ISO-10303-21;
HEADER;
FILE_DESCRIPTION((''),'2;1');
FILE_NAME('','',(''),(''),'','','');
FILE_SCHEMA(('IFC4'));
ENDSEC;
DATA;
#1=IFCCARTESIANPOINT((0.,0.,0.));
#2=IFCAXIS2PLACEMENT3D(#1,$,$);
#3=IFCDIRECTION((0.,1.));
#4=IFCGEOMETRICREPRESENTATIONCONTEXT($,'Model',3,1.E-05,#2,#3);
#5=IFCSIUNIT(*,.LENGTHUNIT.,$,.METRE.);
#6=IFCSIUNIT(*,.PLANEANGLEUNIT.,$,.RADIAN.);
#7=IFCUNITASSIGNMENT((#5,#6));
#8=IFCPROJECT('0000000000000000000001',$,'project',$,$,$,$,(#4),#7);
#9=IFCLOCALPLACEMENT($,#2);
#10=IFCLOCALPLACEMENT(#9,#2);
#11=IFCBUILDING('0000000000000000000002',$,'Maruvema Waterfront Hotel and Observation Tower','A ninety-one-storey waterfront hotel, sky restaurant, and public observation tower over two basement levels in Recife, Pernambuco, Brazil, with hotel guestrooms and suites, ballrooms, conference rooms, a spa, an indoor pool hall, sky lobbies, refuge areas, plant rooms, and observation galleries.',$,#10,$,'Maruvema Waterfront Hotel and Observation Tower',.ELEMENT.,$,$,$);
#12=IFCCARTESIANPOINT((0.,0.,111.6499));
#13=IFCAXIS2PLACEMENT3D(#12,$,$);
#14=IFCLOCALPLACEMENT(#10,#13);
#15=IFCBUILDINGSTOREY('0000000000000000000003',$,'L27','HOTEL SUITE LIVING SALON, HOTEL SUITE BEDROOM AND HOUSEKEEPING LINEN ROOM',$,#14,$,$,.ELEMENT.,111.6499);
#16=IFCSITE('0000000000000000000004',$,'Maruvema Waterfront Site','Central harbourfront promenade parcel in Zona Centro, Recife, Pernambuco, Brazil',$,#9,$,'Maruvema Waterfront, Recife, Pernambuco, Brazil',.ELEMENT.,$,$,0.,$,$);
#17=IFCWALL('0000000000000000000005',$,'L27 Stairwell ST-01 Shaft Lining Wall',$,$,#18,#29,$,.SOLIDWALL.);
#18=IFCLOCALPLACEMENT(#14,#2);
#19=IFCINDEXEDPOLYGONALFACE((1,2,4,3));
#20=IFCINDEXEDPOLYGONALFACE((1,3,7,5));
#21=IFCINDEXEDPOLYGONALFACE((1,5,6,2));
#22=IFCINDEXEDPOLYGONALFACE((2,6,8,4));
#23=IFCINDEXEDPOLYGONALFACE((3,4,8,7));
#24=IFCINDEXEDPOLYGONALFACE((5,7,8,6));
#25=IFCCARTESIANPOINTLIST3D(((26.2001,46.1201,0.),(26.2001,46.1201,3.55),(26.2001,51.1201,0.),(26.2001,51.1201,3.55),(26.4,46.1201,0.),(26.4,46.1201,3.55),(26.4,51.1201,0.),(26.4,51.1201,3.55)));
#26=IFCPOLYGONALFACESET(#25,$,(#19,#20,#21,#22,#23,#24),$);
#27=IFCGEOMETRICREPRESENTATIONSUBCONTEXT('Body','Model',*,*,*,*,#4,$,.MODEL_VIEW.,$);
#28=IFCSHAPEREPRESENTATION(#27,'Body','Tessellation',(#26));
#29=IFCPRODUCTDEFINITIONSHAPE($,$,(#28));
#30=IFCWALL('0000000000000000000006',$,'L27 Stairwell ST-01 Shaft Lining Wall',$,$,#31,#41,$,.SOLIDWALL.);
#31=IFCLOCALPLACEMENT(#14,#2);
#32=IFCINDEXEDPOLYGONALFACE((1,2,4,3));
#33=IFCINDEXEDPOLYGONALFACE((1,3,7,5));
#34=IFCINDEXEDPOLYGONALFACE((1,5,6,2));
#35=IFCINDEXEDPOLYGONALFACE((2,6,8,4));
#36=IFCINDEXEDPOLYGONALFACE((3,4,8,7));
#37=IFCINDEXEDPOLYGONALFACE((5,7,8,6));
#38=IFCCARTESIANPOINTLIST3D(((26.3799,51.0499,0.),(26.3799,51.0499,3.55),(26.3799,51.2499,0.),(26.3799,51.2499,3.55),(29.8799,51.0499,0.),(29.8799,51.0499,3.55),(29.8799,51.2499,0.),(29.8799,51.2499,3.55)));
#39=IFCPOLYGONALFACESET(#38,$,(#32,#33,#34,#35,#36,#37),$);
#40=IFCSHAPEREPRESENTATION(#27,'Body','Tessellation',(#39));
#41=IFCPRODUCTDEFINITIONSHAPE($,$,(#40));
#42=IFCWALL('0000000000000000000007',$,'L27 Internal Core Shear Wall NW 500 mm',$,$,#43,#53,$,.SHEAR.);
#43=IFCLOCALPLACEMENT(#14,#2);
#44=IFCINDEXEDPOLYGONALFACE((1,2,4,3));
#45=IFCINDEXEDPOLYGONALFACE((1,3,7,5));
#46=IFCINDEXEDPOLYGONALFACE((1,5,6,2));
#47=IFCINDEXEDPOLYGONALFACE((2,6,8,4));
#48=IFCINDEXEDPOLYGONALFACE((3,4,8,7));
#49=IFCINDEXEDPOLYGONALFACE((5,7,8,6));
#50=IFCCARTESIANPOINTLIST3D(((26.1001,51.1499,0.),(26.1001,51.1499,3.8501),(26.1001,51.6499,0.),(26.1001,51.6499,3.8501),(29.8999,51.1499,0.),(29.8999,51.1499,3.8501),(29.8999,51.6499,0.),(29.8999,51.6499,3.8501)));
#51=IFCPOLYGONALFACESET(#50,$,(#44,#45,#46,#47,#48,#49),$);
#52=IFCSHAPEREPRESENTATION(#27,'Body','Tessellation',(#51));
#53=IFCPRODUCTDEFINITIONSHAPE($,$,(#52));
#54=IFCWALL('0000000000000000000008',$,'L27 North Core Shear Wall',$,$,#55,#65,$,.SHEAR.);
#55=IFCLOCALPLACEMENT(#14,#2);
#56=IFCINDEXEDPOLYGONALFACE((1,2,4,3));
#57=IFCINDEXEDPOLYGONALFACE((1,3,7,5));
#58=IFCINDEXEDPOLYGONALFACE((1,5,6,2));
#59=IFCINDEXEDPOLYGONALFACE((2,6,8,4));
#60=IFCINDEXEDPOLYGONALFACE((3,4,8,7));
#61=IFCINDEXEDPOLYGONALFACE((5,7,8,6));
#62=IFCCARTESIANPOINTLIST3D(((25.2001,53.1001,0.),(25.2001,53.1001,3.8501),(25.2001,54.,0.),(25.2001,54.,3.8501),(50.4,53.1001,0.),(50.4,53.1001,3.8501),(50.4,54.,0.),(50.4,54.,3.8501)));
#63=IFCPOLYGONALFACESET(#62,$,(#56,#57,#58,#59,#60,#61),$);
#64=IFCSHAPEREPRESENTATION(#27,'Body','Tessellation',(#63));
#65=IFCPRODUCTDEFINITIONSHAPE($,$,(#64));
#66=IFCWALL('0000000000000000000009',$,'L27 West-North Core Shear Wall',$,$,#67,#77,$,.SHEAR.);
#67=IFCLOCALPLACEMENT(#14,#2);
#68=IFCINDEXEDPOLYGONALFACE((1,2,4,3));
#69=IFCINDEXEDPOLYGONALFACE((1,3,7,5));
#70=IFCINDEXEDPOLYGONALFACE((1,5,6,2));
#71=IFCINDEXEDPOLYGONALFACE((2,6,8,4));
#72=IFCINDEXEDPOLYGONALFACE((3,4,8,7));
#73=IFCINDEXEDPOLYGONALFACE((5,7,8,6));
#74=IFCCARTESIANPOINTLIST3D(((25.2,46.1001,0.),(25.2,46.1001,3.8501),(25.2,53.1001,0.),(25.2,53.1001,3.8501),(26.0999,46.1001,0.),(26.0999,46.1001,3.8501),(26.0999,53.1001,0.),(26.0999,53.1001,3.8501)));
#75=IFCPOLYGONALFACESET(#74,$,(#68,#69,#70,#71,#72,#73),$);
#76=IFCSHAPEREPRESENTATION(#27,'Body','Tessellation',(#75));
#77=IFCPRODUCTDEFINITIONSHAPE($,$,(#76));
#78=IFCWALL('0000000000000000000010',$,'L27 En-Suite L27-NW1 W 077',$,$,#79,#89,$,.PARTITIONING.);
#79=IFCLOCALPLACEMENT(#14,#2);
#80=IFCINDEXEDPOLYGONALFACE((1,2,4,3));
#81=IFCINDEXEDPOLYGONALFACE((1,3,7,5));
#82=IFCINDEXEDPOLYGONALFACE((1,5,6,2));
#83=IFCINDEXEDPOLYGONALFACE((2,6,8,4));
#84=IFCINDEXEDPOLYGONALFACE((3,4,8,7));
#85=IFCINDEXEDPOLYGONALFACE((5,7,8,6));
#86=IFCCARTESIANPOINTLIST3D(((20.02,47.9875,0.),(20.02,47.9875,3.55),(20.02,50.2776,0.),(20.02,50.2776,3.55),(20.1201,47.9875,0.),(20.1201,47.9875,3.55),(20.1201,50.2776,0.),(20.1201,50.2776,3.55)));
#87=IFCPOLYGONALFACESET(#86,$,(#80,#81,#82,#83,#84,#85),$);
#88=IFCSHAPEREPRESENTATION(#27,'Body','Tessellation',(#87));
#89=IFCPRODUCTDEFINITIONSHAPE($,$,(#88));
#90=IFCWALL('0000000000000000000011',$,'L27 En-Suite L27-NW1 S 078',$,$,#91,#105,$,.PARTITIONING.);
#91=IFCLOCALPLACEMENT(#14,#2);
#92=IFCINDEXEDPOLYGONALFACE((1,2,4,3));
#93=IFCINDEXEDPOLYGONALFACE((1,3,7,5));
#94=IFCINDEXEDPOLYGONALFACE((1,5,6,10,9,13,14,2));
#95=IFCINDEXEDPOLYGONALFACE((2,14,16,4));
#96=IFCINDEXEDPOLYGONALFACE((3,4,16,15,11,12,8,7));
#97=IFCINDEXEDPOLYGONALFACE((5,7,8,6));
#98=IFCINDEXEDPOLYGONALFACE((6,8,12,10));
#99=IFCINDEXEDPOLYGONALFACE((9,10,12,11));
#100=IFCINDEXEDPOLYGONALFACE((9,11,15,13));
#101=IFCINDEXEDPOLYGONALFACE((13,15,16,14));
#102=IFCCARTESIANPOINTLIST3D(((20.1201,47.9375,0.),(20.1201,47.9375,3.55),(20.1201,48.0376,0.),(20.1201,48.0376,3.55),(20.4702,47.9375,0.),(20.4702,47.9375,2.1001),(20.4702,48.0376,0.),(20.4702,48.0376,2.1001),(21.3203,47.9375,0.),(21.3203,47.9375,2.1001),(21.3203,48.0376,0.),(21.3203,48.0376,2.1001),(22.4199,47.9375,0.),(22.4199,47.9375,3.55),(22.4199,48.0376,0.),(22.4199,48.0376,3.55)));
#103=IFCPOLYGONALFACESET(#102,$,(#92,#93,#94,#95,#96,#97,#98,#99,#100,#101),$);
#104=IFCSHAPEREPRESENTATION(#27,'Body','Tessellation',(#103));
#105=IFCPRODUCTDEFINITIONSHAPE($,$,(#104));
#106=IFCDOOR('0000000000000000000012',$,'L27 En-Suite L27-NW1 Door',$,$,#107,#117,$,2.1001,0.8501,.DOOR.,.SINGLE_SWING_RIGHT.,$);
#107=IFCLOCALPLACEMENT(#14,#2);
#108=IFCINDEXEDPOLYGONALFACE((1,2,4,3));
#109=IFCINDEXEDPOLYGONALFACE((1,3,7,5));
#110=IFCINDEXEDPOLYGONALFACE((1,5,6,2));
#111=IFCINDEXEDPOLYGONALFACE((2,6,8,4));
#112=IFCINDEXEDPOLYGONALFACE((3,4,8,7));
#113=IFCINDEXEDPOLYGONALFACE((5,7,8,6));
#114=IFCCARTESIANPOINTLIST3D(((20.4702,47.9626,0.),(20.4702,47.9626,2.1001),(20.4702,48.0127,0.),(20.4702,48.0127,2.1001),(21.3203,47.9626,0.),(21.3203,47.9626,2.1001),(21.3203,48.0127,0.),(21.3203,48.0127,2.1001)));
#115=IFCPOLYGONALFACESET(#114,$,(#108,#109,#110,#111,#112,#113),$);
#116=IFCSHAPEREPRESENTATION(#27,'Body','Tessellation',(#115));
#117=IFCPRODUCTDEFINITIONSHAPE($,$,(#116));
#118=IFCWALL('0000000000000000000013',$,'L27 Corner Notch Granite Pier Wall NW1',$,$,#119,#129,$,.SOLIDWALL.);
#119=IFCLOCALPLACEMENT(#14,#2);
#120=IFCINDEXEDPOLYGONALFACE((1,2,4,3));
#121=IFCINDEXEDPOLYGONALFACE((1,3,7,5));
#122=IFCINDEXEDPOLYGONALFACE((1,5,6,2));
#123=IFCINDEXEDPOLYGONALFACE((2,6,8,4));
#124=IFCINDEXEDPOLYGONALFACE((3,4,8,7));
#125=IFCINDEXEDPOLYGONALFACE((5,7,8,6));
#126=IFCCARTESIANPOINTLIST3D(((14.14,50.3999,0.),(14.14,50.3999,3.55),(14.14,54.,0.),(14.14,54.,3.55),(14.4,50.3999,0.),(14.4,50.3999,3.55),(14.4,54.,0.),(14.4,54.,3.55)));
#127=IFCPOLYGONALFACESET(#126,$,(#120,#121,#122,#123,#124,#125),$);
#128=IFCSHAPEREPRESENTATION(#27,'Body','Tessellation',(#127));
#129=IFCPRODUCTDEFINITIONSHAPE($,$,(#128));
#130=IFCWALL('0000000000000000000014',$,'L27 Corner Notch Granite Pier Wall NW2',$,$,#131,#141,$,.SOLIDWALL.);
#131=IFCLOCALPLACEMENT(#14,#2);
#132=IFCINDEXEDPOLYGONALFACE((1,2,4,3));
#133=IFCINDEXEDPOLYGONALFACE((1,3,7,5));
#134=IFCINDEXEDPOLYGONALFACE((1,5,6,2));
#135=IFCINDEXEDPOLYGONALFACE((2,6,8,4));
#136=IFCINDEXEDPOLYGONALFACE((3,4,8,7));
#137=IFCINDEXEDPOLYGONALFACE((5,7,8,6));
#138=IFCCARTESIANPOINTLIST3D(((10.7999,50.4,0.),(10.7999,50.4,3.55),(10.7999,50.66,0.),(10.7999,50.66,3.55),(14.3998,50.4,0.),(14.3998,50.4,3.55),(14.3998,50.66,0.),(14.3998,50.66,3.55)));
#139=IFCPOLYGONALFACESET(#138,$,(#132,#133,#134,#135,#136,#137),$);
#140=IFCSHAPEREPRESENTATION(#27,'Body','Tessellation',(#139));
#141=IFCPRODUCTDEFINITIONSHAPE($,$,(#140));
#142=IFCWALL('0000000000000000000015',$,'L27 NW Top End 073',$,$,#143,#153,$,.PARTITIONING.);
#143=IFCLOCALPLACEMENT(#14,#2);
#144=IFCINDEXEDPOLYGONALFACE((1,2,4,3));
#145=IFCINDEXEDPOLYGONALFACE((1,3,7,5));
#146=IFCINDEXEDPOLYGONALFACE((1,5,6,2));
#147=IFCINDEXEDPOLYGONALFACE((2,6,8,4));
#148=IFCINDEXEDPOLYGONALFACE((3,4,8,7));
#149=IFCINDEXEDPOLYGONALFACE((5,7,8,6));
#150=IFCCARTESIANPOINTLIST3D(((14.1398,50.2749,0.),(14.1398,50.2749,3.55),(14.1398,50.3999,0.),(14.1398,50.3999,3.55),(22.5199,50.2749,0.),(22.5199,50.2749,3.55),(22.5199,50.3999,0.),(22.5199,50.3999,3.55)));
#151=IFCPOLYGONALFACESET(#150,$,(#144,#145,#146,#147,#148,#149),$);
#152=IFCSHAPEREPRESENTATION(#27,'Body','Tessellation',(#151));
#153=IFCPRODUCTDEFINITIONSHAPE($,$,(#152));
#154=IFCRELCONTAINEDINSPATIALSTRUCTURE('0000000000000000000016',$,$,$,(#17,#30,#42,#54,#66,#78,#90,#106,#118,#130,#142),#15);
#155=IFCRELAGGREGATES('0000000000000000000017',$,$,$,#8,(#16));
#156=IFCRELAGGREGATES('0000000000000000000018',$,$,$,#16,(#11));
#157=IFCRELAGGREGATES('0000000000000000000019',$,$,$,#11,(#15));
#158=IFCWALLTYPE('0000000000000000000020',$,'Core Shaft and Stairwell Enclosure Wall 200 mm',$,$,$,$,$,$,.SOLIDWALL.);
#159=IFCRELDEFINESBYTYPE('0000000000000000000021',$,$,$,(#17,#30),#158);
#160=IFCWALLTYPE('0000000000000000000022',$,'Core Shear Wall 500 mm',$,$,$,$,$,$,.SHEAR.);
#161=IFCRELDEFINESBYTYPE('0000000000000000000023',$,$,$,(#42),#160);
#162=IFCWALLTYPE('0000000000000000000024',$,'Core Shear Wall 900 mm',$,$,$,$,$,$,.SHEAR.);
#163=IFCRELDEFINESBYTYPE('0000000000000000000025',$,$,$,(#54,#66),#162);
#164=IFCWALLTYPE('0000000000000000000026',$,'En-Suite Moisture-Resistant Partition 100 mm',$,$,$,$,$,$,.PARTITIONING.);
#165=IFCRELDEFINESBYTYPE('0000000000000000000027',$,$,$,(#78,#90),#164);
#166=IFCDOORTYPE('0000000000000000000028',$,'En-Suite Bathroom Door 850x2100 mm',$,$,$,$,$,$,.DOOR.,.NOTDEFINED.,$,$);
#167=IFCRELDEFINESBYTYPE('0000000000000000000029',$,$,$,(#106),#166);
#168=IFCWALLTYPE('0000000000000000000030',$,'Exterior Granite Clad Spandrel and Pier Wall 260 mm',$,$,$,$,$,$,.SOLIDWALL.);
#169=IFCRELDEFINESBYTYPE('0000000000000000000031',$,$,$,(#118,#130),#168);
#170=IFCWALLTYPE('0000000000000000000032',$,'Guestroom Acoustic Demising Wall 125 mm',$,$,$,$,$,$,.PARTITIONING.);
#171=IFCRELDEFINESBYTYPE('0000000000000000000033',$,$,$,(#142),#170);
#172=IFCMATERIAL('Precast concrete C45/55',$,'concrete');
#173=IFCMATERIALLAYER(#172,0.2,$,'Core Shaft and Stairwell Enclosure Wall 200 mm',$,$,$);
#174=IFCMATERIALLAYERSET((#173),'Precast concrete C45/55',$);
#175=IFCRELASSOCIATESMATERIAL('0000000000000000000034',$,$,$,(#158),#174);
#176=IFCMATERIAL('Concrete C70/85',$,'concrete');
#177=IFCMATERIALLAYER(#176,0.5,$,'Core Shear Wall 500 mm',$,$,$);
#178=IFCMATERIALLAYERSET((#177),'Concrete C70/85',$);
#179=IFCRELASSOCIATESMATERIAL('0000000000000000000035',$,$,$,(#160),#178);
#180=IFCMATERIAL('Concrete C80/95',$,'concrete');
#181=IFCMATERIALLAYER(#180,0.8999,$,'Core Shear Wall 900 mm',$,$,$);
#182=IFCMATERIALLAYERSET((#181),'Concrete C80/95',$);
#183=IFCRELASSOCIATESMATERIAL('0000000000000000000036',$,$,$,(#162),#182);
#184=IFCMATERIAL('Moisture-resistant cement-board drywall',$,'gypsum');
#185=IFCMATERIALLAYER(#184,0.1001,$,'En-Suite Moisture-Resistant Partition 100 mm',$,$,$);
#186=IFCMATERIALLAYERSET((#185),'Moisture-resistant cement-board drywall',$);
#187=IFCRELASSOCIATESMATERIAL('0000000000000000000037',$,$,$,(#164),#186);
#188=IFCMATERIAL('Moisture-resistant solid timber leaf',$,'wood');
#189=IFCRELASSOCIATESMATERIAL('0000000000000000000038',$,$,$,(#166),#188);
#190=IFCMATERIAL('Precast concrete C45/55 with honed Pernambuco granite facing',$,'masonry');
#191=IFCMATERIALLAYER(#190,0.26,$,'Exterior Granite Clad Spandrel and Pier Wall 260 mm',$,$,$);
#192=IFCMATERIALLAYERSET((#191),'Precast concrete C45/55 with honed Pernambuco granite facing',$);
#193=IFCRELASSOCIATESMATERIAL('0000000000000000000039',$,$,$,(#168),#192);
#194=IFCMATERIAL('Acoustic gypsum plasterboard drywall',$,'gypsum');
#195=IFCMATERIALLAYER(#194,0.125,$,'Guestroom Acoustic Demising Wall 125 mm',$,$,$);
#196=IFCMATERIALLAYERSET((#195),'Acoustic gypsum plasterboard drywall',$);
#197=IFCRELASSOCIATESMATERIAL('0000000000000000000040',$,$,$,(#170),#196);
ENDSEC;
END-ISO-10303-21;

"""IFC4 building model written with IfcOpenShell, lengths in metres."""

from ifc_helpers import new_model, si_unit, direction, frame, frame_2d, origin, place, context, subcontext, project, spatial, rectangle, extrude, material, layer, layer_set, type_object, element, fill, save


model = new_model("IFC4")

# Units and contexts
model_context = context("Model", 3, precision=1e-05, world=origin(), true_north=direction((0.0, 1.0)))
body_context = subcontext(model_context, "Body", "Model", "MODEL_VIEW")
ifc_project = project(units=[si_unit("LENGTHUNIT", "METRE"), si_unit("PLANEANGLEUNIT", "RADIAN")], contexts=[model_context])

# Site, building, storey
site_placement = place(None, origin())
site = spatial("IfcSite", under=ifc_project, at=site_placement, Name="Maruvema Waterfront Site", Description="Central harbourfront promenade parcel in Zona Centro, Recife, Pernambuco, Brazil", LongName="Maruvema Waterfront, Recife, Pernambuco, Brazil", CompositionType="ELEMENT", RefElevation=0.0)
building_placement = place(site_placement, origin())
building = spatial("IfcBuilding", under=site, at=building_placement, Name="Maruvema Waterfront Hotel and Observation Tower", Description="A ninety-one-storey waterfront hotel, sky restaurant, and public observation tower over two basement levels in Recife, Pernambuco, Brazil, with hotel guestrooms and suites, ballrooms, conference rooms, a spa, an indoor pool hall, sky lobbies, refuge areas, plant rooms, and observation galleries.", LongName="Maruvema Waterfront Hotel and Observation Tower", CompositionType="ELEMENT")
storey_placement = place(building_placement, frame((0.0, 0.0, 111.6499)))
storey = spatial("IfcBuildingStorey", under=building, at=storey_placement, Name="L27", Description="HOTEL SUITE LIVING SALON, HOTEL SUITE BEDROOM AND HOUSEKEEPING LINEN ROOM", CompositionType="ELEMENT", Elevation=111.6499)

# Walls
ifc_material_1 = material(Name="Precast concrete C45/55", Category="concrete")
ifc_layer_1 = layer(ifc_material_1, 0.2, Name="Core Shaft and Stairwell Enclosure Wall 200 mm")
ifc_layer_set_1 = layer_set([ifc_layer_1], Name="Precast concrete C45/55")
wall_type_1 = type_object("IfcWallType", Name="Core Shaft and Stairwell Enclosure Wall 200 mm", PredefinedType="SOLIDWALL", material=ifc_layer_set_1)
wall_1_placement = place(storey_placement, frame((26.3, 46.1201, 0.0), z_axis=(0.0, 0.0, 1.0), x_axis=(0.0, 1.0, 0.0)))
element("IfcWall", 1, at=wall_1_placement, inside=storey, type_object=wall_type_1, Name="L27 Stairwell ST-01 Shaft Lining Wall", PredefinedType="SOLIDWALL", context=body_context, shape_type="SweptSolid", body=[
    extrude(rectangle(XDim=5.0, YDim=0.2, at=frame_2d((2.5, 0.0))), origin(), (0.0, 0.0, 1.0), 3.55),
])
wall_2_placement = place(storey_placement, frame((26.3799, 51.1499, 0.0), z_axis=(0.0, 0.0, 1.0), x_axis=(1.0, 0.0, 0.0)))
element("IfcWall", 2, at=wall_2_placement, inside=storey, type_object=wall_type_1, Name="L27 Stairwell ST-01 Shaft Lining Wall", PredefinedType="SOLIDWALL", context=body_context, shape_type="SweptSolid", body=[
    extrude(rectangle(XDim=3.5, YDim=0.2, at=frame_2d((1.75, 0.0))), origin(), (0.0, 0.0, 1.0), 3.55),
])
ifc_material_2 = material(Name="Concrete C70/85", Category="concrete")
ifc_layer_2 = layer(ifc_material_2, 0.5, Name="Core Shear Wall 500 mm")
ifc_layer_set_2 = layer_set([ifc_layer_2], Name="Concrete C70/85")
wall_type_2 = type_object("IfcWallType", Name="Core Shear Wall 500 mm", PredefinedType="SHEAR", material=ifc_layer_set_2)
wall_3_placement = place(storey_placement, frame((26.1001, 51.3999, 0.0), z_axis=(0.0, 0.0, 1.0), x_axis=(1.0, 0.0, 0.0)))
element("IfcWall", 3, at=wall_3_placement, inside=storey, type_object=wall_type_2, Name="L27 Internal Core Shear Wall NW 500 mm", PredefinedType="SHEAR", context=body_context, shape_type="SweptSolid", body=[
    extrude(rectangle(XDim=3.7998, YDim=0.5, at=frame_2d((1.8999, 0.0))), origin(), (0.0, 0.0, 1.0), 3.8501),
])
ifc_material_3 = material(Name="Concrete C80/95", Category="concrete")
ifc_layer_3 = layer(ifc_material_3, 0.8999, Name="Core Shear Wall 900 mm")
ifc_layer_set_3 = layer_set([ifc_layer_3], Name="Concrete C80/95")
wall_type_3 = type_object("IfcWallType", Name="Core Shear Wall 900 mm", PredefinedType="SHEAR", material=ifc_layer_set_3)
wall_4_placement = place(storey_placement, frame((25.2, 53.55, 0.0), z_axis=(0.0, 0.0, 1.0), x_axis=(1.0, 0.0, 0.0)))
element("IfcWall", 4, at=wall_4_placement, inside=storey, type_object=wall_type_3, Name="L27 North Core Shear Wall", PredefinedType="SHEAR", context=body_context, shape_type="SweptSolid", body=[
    extrude(rectangle(XDim=25.2, YDim=0.8999, at=frame_2d((12.6001, 0.0))), origin(), (0.0, 0.0, 1.0), 3.8501),
])
wall_5_placement = place(storey_placement, frame((25.6499, 46.1001, 0.0), z_axis=(0.0, 0.0, 1.0), x_axis=(0.0, 1.0, 0.0)))
element("IfcWall", 5, at=wall_5_placement, inside=storey, type_object=wall_type_3, Name="L27 West-North Core Shear Wall", PredefinedType="SHEAR", context=body_context, shape_type="SweptSolid", body=[
    extrude(rectangle(XDim=7.0, YDim=0.8999, at=frame_2d((3.5, 0.0))), origin(), (0.0, 0.0, 1.0), 3.8501),
])
ifc_material_4 = material(Name="Moisture-resistant cement-board drywall", Category="gypsum")
ifc_layer_4 = layer(ifc_material_4, 0.1001, Name="En-Suite Moisture-Resistant Partition 100 mm")
ifc_layer_set_4 = layer_set([ifc_layer_4], Name="Moisture-resistant cement-board drywall")
wall_type_4 = type_object("IfcWallType", Name="En-Suite Moisture-Resistant Partition 100 mm", PredefinedType="PARTITIONING", material=ifc_layer_set_4)
wall_6_placement = place(storey_placement, frame((20.0701, 47.9875, 0.0), z_axis=(0.0, 0.0, 1.0), x_axis=(0.0, 1.0, 0.0)))
element("IfcWall", 6, at=wall_6_placement, inside=storey, type_object=wall_type_4, Name="L27 En-Suite L27-NW1 W 077", PredefinedType="PARTITIONING", context=body_context, shape_type="SweptSolid", body=[
    extrude(rectangle(XDim=2.29, YDim=0.1001, at=frame_2d((1.145, 0.0))), origin(), (0.0, 0.0, 1.0), 3.55),
])

# Wall, opening, door
wall_7_placement = place(storey_placement, frame((20.1201, 47.9875, 0.0), z_axis=(0.0, 0.0, 1.0), x_axis=(1.0, 0.0, 0.0)))
wall_7 = element("IfcWall", 7, at=wall_7_placement, inside=storey, type_object=wall_type_4, Name="L27 En-Suite L27-NW1 S 078", PredefinedType="PARTITIONING", context=body_context, shape_type="SweptSolid", body=[
    extrude(rectangle(XDim=2.2998, YDim=0.1001, at=frame_2d((1.1499, 0.0))), origin(), (0.0, 0.0, 1.0), 3.55),
])
opening_placement = place(wall_7_placement, frame((0.3501, 0.0, 0.0)))
opening = element("IfcOpeningElement", 8, at=opening_placement, cuts=wall_7, PredefinedType="OPENING", context=body_context, shape_type="SweptSolid", body=[
    extrude(rectangle(XDim=0.8501, YDim=2.1001, at=frame_2d((0.425, 1.05))), frame((0.0, 0.0601, 0.0), z_axis=(0.0, -1.0, 0.0), x_axis=(1.0, 0.0, 0.0)), (0.0, 0.0, 1.0), 0.1201),
])
ifc_material_5 = material(Name="Moisture-resistant solid timber leaf", Category="wood")
door_type = type_object("IfcDoorType", Name="En-Suite Bathroom Door 850x2100 mm", OperationType="NOTDEFINED", PredefinedType="DOOR", material=ifc_material_5)
door_placement = place(opening_placement, frame((0.8501, 0.0, 0.0), z_axis=(0.0, 0.0, 1.0), x_axis=(-1.0, 0.0, 0.0)))
door = element("IfcDoor", 9, at=door_placement, inside=storey, type_object=door_type, Name="L27 En-Suite L27-NW1 Door", OperationType="SINGLE_SWING_RIGHT", OverallHeight=2.1001, OverallWidth=0.8501, PredefinedType="DOOR", context=body_context, shape_type="SweptSolid", body=[
    extrude(rectangle(XDim=0.8501, YDim=2.1001, at=frame_2d((0.425, 1.05))), frame((0.0, 0.0249, 0.0), z_axis=(0.0, -1.0, 0.0), x_axis=(1.0, 0.0, 0.0)), (0.0, 0.0, 1.0), 0.05),
])
fill(opening, door)

# Walls
ifc_material_6 = material(Name="Precast concrete C45/55 with honed Pernambuco granite facing", Category="masonry")
ifc_layer_5 = layer(ifc_material_6, 0.26, Name="Exterior Granite Clad Spandrel and Pier Wall 260 mm")
ifc_layer_set_5 = layer_set([ifc_layer_5], Name="Precast concrete C45/55 with honed Pernambuco granite facing")
wall_type_5 = type_object("IfcWallType", Name="Exterior Granite Clad Spandrel and Pier Wall 260 mm", PredefinedType="SOLIDWALL", material=ifc_layer_set_5)
wall_8_placement = place(storey_placement, frame((14.27, 50.3999, 0.0), z_axis=(0.0, 0.0, 1.0), x_axis=(0.0, 1.0, 0.0)))
element("IfcWall", 10, at=wall_8_placement, inside=storey, type_object=wall_type_5, Name="L27 Corner Notch Granite Pier Wall NW1", PredefinedType="SOLIDWALL", context=body_context, shape_type="SweptSolid", body=[
    extrude(rectangle(XDim=3.6001, YDim=0.26, at=frame_2d((1.8, 0.0))), origin(), (0.0, 0.0, 1.0), 3.55),
])
wall_9_placement = place(storey_placement, frame((10.8, 50.53, 0.0), z_axis=(0.0, 0.0, 1.0), x_axis=(1.0, 0.0, 0.0)))
element("IfcWall", 11, at=wall_9_placement, inside=storey, type_object=wall_type_5, Name="L27 Corner Notch Granite Pier Wall NW2", PredefinedType="SOLIDWALL", context=body_context, shape_type="SweptSolid", body=[
    extrude(rectangle(XDim=3.5999, YDim=0.26, at=frame_2d((1.7998, 0.0))), origin(), (0.0, 0.0, 1.0), 3.55),
])
ifc_material_7 = material(Name="Acoustic gypsum plasterboard drywall", Category="gypsum")
ifc_layer_6 = layer(ifc_material_7, 0.125, Name="Guestroom Acoustic Demising Wall 125 mm")
ifc_layer_set_6 = layer_set([ifc_layer_6], Name="Acoustic gypsum plasterboard drywall")
wall_type_6 = type_object("IfcWallType", Name="Guestroom Acoustic Demising Wall 125 mm", PredefinedType="PARTITIONING", material=ifc_layer_set_6)
wall_10_placement = place(storey_placement, frame((14.1399, 50.3374, 0.0), z_axis=(0.0, 0.0, 1.0), x_axis=(1.0, 0.0, 0.0)))
element("IfcWall", 12, at=wall_10_placement, inside=storey, type_object=wall_type_6, Name="L27 NW Top End 073", PredefinedType="PARTITIONING", context=body_context, shape_type="SweptSolid", body=[
    extrude(rectangle(XDim=8.3801, YDim=0.125, at=frame_2d((4.1899, 0.0))), origin(), (0.0, 0.0, 1.0), 3.55),
])

save(model, "model.ifc")
